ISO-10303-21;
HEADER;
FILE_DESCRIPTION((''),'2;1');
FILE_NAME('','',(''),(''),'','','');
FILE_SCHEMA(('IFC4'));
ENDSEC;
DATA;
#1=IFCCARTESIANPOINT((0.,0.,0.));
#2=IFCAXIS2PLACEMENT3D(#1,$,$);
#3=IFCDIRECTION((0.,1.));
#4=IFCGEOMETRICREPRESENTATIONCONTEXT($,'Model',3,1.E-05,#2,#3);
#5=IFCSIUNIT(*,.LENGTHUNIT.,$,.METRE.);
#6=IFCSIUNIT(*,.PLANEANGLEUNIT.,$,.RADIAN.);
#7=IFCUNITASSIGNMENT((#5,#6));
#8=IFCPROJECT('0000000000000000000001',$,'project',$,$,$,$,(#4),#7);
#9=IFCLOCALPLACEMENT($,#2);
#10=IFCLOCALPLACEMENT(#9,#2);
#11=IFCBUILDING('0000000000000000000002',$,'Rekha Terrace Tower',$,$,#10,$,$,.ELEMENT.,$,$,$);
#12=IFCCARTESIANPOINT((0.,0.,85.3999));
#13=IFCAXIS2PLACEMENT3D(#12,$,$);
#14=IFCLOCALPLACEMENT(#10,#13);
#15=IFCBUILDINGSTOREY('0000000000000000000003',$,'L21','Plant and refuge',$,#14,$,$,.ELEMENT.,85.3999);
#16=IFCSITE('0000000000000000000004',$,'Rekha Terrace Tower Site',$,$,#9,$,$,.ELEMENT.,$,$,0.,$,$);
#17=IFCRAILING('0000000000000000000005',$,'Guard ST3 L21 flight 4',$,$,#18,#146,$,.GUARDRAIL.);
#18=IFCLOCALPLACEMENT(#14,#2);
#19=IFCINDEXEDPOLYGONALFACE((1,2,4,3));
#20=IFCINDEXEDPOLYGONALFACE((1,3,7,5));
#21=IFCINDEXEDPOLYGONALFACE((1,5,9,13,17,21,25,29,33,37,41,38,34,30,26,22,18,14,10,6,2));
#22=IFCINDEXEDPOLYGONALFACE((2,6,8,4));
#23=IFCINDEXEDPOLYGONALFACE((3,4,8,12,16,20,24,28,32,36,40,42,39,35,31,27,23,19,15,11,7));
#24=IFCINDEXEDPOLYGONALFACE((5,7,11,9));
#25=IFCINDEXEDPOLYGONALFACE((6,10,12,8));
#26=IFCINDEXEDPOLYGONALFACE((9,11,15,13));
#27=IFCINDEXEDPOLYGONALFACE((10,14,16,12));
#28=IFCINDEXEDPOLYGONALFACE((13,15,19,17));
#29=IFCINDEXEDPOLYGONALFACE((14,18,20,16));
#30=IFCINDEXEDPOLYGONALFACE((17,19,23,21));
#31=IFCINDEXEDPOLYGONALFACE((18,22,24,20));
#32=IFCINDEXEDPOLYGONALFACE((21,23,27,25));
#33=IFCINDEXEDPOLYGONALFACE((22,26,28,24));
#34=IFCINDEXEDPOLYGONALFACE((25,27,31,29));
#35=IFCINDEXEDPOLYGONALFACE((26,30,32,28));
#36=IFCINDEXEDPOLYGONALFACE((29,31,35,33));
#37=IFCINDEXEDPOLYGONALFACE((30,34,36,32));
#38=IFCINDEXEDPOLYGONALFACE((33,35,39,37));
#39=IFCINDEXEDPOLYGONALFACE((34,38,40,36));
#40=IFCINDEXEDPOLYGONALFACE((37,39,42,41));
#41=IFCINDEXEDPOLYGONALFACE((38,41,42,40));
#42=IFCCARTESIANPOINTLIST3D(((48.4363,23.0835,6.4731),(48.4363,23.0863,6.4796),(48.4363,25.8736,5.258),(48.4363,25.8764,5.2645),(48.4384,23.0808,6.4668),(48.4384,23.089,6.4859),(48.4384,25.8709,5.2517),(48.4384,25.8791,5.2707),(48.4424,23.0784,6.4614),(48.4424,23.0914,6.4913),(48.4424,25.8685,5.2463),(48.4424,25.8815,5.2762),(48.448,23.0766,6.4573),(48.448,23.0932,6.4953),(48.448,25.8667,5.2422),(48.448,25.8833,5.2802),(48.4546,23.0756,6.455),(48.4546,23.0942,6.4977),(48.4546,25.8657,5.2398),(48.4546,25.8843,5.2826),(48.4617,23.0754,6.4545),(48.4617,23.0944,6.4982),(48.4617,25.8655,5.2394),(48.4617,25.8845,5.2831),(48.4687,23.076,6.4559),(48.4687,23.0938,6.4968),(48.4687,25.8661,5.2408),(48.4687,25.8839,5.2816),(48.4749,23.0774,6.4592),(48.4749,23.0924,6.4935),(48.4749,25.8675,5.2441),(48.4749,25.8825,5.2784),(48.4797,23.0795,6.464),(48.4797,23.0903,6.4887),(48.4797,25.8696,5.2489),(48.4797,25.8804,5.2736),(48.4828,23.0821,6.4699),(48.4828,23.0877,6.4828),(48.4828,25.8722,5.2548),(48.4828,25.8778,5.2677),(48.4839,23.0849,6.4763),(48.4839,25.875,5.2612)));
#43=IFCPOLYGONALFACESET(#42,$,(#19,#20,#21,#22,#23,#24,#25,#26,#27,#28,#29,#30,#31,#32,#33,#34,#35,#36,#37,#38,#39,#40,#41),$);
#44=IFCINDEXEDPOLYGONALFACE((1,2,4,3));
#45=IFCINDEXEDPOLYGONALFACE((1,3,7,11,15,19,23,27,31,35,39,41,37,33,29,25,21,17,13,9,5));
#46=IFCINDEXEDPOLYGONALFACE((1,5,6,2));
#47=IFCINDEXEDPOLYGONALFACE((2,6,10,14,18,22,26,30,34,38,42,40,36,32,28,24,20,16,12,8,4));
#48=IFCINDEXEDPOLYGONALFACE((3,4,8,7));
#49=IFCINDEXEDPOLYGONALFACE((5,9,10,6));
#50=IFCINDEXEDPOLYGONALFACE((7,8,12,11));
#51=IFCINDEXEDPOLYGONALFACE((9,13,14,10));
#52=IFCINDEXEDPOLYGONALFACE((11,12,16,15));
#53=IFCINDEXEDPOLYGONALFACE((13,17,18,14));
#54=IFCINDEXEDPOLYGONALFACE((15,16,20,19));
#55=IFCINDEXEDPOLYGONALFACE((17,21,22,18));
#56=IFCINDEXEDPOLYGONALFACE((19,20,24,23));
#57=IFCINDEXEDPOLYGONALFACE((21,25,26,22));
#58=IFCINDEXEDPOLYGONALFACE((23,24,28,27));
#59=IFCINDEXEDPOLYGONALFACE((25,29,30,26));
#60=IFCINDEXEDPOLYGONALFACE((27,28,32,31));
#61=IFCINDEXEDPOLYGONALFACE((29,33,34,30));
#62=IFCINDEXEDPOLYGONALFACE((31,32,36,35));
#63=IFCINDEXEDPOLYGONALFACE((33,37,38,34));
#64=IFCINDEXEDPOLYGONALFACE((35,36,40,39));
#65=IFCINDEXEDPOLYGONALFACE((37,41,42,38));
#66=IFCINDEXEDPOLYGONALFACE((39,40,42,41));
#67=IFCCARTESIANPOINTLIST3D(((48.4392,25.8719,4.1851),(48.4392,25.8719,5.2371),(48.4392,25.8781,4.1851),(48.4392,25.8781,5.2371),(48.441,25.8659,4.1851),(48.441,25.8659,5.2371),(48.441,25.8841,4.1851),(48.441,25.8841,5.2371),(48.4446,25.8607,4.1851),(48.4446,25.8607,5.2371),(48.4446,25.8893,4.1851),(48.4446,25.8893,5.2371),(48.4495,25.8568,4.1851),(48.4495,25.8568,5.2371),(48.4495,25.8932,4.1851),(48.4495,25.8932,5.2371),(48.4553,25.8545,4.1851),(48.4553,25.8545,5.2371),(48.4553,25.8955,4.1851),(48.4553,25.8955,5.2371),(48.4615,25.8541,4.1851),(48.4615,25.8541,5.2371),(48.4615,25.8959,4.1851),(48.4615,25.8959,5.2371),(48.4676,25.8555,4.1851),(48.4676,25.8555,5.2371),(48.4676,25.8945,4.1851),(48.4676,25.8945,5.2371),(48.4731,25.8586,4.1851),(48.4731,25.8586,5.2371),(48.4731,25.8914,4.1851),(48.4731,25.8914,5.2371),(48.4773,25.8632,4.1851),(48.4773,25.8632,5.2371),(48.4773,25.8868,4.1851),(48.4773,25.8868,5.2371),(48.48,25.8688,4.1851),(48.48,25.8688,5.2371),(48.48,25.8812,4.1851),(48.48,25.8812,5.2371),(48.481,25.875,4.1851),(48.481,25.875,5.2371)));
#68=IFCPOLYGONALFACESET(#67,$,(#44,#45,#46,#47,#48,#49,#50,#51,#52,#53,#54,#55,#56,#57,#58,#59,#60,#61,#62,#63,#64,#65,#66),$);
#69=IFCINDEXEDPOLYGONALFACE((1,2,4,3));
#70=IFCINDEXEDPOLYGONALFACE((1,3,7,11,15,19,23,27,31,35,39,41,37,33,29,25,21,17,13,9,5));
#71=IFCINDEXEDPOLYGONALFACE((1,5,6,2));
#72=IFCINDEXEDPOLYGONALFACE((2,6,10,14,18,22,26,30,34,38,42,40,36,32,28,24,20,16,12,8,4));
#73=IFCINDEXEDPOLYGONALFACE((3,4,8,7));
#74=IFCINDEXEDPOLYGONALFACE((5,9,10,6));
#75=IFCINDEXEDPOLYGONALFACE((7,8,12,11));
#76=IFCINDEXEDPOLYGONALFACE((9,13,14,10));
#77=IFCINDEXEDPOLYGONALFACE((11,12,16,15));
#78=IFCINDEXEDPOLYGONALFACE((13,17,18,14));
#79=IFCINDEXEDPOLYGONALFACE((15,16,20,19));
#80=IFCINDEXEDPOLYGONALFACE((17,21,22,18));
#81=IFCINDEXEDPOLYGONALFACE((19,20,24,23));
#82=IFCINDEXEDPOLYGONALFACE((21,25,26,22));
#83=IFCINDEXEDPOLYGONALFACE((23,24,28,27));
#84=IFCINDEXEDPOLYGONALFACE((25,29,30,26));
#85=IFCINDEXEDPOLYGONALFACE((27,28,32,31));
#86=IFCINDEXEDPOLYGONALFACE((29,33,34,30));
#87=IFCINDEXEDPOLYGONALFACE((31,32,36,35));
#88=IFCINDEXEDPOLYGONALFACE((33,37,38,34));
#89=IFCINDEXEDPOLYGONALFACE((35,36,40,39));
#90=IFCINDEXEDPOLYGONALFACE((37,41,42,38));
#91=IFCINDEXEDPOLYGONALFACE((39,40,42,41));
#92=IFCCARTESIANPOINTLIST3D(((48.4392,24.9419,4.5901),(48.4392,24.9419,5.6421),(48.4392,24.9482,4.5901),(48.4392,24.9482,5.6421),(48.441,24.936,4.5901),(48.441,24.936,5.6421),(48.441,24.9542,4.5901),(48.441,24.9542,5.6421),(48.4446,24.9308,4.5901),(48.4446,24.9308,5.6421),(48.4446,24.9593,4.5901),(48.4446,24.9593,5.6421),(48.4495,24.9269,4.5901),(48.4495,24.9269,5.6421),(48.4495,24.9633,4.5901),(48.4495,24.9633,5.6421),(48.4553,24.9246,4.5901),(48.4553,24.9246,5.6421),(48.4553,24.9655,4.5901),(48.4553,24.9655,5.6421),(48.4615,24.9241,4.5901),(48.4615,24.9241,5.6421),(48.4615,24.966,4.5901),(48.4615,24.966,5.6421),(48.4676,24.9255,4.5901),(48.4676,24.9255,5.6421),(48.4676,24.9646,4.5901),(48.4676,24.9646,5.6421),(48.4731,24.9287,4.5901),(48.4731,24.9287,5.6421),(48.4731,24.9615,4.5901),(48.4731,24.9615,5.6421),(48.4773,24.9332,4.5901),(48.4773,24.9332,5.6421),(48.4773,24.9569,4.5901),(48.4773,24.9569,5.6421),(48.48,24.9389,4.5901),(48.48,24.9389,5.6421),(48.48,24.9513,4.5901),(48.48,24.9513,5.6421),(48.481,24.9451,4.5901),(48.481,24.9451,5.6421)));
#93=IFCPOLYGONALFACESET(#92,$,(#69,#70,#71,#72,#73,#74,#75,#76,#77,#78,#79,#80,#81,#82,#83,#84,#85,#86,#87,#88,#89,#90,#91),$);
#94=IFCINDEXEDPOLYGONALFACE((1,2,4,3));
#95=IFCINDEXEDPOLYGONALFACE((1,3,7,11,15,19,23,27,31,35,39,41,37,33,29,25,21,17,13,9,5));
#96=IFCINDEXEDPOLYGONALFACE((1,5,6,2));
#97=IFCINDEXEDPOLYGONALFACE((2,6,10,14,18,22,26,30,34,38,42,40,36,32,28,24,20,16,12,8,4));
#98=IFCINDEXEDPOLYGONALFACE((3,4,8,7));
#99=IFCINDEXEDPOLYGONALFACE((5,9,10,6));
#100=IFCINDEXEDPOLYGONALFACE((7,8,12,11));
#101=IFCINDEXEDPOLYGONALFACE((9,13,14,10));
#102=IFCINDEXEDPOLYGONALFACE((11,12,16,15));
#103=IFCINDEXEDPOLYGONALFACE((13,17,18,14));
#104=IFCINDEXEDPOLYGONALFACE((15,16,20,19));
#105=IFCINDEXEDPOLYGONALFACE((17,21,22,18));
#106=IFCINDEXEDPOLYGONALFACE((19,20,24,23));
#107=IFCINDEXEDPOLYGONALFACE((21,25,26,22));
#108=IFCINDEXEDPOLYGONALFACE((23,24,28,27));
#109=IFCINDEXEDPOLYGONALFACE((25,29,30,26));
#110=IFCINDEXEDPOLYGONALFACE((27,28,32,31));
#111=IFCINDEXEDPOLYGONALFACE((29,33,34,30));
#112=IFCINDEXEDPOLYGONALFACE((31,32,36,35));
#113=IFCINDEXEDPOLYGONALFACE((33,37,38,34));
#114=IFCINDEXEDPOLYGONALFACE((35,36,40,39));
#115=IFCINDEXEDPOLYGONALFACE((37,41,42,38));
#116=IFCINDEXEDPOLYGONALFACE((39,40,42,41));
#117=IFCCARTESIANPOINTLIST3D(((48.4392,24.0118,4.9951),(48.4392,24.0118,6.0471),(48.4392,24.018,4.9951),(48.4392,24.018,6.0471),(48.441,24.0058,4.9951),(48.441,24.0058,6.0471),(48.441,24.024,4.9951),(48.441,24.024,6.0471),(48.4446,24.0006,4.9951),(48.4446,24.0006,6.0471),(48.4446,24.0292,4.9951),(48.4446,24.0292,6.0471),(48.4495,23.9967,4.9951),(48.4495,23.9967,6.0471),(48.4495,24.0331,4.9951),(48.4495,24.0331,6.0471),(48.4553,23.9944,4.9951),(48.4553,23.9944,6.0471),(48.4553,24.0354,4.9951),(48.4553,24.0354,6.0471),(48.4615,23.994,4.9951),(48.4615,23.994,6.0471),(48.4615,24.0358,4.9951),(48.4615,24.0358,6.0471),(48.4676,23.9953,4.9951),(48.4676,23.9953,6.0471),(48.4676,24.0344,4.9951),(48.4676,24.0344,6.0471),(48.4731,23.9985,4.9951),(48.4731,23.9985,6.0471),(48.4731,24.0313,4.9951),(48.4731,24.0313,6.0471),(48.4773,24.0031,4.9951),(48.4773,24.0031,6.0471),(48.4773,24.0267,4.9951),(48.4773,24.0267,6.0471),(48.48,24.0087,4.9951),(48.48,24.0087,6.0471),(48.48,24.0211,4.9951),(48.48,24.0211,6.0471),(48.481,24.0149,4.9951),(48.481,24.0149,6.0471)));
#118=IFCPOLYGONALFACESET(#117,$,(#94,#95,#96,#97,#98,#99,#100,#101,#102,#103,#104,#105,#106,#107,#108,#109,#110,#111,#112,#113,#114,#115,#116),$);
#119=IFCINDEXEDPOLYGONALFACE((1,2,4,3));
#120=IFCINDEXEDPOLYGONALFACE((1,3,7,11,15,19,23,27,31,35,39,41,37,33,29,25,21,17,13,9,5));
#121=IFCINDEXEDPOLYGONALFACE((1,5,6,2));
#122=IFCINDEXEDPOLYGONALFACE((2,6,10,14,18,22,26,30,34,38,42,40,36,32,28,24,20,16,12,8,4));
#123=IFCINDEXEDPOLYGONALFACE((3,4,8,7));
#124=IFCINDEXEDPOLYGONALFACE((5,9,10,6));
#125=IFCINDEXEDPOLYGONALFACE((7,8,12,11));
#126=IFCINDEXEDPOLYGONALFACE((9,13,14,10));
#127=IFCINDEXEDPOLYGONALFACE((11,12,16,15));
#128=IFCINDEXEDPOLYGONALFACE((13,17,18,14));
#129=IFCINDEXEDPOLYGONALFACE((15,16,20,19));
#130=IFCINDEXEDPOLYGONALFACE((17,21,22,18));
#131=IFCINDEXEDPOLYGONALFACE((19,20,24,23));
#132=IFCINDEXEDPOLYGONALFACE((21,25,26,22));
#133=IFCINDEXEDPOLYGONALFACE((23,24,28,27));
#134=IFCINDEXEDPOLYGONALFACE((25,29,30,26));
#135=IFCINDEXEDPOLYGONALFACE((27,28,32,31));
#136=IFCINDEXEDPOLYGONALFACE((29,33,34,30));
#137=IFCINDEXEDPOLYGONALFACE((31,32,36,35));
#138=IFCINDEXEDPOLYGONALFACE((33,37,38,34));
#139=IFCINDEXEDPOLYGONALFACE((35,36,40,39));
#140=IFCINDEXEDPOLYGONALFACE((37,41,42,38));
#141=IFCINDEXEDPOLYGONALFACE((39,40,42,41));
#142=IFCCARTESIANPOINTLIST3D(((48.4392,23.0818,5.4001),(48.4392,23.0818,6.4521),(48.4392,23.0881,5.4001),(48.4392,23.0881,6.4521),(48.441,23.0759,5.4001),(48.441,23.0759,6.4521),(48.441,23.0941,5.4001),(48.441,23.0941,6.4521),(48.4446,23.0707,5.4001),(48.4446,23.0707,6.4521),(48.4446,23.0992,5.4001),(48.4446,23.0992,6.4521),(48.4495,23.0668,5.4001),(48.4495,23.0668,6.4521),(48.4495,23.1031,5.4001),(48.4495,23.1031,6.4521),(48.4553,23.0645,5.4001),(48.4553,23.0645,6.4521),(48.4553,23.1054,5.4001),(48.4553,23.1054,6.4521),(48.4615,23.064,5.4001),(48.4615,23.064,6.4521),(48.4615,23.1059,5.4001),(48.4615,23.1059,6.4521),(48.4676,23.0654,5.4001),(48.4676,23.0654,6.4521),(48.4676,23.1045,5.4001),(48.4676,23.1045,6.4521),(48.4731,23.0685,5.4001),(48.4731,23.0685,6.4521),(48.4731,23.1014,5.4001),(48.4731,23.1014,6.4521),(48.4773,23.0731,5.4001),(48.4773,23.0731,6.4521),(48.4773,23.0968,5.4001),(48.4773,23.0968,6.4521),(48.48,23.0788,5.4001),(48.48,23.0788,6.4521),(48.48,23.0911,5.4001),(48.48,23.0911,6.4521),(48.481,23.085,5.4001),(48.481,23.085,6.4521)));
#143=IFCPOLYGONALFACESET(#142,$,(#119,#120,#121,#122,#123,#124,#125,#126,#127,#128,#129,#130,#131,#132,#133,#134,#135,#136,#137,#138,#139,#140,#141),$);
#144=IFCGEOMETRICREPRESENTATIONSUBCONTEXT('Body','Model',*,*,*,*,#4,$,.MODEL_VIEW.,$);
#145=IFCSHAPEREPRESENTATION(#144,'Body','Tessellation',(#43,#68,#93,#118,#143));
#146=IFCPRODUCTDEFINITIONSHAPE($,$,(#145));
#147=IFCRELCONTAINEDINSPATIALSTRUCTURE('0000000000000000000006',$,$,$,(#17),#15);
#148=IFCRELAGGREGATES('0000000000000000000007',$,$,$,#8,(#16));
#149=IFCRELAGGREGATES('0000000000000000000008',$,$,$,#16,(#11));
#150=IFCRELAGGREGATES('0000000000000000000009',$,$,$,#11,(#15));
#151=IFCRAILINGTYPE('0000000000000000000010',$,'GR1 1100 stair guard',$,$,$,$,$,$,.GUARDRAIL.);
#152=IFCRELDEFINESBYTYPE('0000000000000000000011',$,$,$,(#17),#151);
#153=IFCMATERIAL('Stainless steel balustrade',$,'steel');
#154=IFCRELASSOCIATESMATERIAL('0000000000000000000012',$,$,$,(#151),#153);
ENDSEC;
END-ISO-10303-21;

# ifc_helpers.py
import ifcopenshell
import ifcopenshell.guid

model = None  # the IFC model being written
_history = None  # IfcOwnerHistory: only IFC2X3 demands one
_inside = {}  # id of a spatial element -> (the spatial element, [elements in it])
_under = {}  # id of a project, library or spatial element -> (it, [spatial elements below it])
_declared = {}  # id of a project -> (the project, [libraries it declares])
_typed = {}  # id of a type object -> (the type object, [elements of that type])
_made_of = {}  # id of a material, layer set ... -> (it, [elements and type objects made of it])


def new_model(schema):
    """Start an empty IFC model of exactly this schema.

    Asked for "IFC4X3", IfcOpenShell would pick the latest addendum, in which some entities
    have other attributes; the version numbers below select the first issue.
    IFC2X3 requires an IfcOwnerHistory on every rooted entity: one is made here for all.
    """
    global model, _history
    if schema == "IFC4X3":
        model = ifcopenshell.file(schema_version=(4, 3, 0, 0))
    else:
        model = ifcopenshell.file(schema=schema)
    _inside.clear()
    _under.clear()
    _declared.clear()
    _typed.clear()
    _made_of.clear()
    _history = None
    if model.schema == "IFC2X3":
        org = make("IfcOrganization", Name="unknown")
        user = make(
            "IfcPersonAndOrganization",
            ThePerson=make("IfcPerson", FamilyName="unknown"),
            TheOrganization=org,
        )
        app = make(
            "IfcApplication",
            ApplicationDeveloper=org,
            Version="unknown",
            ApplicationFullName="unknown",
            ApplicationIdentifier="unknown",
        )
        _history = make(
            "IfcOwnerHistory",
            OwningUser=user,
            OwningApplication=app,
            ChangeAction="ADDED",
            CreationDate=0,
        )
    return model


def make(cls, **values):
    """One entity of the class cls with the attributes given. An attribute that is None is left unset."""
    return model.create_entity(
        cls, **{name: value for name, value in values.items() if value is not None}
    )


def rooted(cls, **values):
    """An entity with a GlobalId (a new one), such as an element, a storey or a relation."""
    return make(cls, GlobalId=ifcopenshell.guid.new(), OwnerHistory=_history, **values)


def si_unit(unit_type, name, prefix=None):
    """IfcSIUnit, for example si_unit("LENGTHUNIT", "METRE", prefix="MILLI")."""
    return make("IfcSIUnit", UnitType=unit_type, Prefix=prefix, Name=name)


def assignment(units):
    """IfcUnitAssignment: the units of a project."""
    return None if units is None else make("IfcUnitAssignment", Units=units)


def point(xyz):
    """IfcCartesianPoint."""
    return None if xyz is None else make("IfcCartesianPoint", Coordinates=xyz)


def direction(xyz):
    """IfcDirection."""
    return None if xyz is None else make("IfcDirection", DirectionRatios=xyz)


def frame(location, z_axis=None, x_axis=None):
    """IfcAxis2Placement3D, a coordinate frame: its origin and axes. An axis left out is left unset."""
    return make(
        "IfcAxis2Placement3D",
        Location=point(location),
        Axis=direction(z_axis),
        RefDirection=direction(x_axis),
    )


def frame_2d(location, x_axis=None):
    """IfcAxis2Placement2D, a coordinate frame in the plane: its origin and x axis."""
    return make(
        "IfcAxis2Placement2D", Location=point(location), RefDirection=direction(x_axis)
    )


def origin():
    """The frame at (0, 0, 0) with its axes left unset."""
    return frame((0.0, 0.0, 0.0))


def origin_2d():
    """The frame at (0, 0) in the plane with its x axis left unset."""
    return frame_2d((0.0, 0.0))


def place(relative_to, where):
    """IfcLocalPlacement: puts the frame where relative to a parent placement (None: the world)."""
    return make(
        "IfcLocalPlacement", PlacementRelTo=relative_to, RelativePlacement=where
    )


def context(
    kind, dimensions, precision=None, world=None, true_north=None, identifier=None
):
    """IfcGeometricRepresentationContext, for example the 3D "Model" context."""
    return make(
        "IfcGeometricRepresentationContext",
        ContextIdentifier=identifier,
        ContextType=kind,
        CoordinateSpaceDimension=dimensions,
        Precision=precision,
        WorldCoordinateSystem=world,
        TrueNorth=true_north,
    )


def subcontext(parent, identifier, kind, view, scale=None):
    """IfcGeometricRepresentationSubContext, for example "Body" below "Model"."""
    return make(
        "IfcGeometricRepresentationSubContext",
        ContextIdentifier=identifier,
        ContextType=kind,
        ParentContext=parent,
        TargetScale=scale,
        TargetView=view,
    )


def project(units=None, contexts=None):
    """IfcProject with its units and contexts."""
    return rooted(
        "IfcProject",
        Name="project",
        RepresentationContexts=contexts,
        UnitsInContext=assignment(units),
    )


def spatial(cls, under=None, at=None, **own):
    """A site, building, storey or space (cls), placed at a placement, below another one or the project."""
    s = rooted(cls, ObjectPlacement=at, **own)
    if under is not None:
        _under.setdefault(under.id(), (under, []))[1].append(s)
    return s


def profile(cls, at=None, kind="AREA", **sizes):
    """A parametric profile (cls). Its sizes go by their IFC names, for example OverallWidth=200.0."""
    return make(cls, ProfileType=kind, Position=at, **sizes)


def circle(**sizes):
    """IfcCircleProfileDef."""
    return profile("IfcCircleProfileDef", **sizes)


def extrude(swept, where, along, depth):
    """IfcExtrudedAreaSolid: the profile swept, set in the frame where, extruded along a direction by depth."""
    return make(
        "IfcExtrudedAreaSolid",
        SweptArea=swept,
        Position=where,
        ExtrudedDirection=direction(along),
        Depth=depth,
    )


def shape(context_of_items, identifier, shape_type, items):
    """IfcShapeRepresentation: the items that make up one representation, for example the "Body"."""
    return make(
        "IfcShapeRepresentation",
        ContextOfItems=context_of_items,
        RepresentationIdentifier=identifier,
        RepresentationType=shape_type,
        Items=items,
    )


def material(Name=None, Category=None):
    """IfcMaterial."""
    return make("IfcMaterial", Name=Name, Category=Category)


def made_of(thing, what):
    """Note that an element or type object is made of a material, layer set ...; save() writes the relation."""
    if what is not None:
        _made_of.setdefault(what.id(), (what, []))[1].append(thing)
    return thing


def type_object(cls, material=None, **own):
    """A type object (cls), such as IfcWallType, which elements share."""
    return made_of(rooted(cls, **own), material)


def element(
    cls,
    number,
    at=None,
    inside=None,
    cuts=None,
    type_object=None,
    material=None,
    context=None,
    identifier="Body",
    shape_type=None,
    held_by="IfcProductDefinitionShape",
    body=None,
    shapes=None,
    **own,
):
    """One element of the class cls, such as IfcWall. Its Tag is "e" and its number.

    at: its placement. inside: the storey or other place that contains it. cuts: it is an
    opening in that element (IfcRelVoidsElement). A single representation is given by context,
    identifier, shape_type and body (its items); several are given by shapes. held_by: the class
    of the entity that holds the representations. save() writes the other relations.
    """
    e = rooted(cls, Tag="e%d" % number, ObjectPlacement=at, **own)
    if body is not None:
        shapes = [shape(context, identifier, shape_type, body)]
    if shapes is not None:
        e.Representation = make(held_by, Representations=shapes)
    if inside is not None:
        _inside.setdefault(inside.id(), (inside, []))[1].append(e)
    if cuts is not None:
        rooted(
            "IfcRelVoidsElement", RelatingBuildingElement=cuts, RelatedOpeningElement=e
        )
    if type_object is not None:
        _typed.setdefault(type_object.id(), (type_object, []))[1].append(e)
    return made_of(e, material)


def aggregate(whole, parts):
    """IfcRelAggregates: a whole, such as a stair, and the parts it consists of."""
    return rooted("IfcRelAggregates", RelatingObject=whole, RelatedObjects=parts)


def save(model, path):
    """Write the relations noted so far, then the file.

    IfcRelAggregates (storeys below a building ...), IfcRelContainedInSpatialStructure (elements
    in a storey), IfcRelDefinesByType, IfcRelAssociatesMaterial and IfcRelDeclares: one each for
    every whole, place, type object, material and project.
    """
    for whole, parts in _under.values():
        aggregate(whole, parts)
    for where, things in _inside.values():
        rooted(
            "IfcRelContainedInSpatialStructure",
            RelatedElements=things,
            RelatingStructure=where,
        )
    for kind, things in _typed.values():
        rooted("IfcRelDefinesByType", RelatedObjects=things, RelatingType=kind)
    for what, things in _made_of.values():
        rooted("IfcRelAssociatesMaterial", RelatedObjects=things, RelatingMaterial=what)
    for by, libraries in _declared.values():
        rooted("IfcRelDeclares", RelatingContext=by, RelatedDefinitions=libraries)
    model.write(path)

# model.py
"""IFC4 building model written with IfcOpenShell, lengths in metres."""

from ifc_helpers import new_model, si_unit, direction, frame, origin, origin_2d, place, context, subcontext, project, spatial, circle, extrude, material, type_object, element, save


model = new_model("IFC4")

# Units and contexts
model_context = context("Model", 3, precision=1e-05, world=origin(), true_north=direction((0.0, 1.0)))
body_context = subcontext(model_context, "Body", "Model", "MODEL_VIEW")
ifc_project = project(units=[si_unit("LENGTHUNIT", "METRE"), si_unit("PLANEANGLEUNIT", "RADIAN")], contexts=[model_context])

# Site, building, storey
site_placement = place(None, origin())
site = spatial("IfcSite", under=ifc_project, at=site_placement, Name="Rekha Terrace Tower Site", CompositionType="ELEMENT", RefElevation=0.0)
building_placement = place(site_placement, origin())
building = spatial("IfcBuilding", under=site, at=building_placement, Name="Rekha Terrace Tower", CompositionType="ELEMENT")
storey_placement = place(building_placement, frame((0.0, 0.0, 85.3999)))
storey = spatial("IfcBuildingStorey", under=building, at=storey_placement, Name="L21", Description="Plant and refuge", CompositionType="ELEMENT", Elevation=85.3999)

# Railing
ifc_material_1 = material(Name="Stainless steel balustrade", Category="steel")
railing_type_1 = type_object("IfcRailingType", Name="GR1 1100 stair guard", PredefinedType="GUARDRAIL", material=ifc_material_1)
railing_1_placement = place(storey_placement, frame((48.46, 25.875, 4.1851)))
element("IfcRailing", 1, at=railing_1_placement, inside=storey, type_object=railing_type_1, Name="Guard ST3 L21 flight 4", PredefinedType="GUARDRAIL", context=body_context, shape_type="SweptSolid", body=[
    extrude(circle(Radius=0.0239, at=origin_2d()), frame((0.0, 0.0, 1.0762), z_axis=(0.0, -0.916826, 0.399286), x_axis=(1.0, 0.0, 0.0)), (0.0, 0.0, 1.0), 3.0432),
    extrude(circle(Radius=0.021, at=origin_2d()), origin(), (0.0, 0.0, 1.0), 1.052),
    extrude(circle(Radius=0.021, at=origin_2d()), frame((0.0, -0.9299, 0.405)), (0.0, 0.0, 1.0), 1.052),
    extrude(circle(Radius=0.021, at=origin_2d()), frame((0.0, -1.8601, 0.8101)), (0.0, 0.0, 1.0), 1.052),
    extrude(circle(Radius=0.021, at=origin_2d()), frame((0.0, -2.79, 1.2151)), (0.0, 0.0, 1.0), 1.052),
])

save(model, "model.ifc")
